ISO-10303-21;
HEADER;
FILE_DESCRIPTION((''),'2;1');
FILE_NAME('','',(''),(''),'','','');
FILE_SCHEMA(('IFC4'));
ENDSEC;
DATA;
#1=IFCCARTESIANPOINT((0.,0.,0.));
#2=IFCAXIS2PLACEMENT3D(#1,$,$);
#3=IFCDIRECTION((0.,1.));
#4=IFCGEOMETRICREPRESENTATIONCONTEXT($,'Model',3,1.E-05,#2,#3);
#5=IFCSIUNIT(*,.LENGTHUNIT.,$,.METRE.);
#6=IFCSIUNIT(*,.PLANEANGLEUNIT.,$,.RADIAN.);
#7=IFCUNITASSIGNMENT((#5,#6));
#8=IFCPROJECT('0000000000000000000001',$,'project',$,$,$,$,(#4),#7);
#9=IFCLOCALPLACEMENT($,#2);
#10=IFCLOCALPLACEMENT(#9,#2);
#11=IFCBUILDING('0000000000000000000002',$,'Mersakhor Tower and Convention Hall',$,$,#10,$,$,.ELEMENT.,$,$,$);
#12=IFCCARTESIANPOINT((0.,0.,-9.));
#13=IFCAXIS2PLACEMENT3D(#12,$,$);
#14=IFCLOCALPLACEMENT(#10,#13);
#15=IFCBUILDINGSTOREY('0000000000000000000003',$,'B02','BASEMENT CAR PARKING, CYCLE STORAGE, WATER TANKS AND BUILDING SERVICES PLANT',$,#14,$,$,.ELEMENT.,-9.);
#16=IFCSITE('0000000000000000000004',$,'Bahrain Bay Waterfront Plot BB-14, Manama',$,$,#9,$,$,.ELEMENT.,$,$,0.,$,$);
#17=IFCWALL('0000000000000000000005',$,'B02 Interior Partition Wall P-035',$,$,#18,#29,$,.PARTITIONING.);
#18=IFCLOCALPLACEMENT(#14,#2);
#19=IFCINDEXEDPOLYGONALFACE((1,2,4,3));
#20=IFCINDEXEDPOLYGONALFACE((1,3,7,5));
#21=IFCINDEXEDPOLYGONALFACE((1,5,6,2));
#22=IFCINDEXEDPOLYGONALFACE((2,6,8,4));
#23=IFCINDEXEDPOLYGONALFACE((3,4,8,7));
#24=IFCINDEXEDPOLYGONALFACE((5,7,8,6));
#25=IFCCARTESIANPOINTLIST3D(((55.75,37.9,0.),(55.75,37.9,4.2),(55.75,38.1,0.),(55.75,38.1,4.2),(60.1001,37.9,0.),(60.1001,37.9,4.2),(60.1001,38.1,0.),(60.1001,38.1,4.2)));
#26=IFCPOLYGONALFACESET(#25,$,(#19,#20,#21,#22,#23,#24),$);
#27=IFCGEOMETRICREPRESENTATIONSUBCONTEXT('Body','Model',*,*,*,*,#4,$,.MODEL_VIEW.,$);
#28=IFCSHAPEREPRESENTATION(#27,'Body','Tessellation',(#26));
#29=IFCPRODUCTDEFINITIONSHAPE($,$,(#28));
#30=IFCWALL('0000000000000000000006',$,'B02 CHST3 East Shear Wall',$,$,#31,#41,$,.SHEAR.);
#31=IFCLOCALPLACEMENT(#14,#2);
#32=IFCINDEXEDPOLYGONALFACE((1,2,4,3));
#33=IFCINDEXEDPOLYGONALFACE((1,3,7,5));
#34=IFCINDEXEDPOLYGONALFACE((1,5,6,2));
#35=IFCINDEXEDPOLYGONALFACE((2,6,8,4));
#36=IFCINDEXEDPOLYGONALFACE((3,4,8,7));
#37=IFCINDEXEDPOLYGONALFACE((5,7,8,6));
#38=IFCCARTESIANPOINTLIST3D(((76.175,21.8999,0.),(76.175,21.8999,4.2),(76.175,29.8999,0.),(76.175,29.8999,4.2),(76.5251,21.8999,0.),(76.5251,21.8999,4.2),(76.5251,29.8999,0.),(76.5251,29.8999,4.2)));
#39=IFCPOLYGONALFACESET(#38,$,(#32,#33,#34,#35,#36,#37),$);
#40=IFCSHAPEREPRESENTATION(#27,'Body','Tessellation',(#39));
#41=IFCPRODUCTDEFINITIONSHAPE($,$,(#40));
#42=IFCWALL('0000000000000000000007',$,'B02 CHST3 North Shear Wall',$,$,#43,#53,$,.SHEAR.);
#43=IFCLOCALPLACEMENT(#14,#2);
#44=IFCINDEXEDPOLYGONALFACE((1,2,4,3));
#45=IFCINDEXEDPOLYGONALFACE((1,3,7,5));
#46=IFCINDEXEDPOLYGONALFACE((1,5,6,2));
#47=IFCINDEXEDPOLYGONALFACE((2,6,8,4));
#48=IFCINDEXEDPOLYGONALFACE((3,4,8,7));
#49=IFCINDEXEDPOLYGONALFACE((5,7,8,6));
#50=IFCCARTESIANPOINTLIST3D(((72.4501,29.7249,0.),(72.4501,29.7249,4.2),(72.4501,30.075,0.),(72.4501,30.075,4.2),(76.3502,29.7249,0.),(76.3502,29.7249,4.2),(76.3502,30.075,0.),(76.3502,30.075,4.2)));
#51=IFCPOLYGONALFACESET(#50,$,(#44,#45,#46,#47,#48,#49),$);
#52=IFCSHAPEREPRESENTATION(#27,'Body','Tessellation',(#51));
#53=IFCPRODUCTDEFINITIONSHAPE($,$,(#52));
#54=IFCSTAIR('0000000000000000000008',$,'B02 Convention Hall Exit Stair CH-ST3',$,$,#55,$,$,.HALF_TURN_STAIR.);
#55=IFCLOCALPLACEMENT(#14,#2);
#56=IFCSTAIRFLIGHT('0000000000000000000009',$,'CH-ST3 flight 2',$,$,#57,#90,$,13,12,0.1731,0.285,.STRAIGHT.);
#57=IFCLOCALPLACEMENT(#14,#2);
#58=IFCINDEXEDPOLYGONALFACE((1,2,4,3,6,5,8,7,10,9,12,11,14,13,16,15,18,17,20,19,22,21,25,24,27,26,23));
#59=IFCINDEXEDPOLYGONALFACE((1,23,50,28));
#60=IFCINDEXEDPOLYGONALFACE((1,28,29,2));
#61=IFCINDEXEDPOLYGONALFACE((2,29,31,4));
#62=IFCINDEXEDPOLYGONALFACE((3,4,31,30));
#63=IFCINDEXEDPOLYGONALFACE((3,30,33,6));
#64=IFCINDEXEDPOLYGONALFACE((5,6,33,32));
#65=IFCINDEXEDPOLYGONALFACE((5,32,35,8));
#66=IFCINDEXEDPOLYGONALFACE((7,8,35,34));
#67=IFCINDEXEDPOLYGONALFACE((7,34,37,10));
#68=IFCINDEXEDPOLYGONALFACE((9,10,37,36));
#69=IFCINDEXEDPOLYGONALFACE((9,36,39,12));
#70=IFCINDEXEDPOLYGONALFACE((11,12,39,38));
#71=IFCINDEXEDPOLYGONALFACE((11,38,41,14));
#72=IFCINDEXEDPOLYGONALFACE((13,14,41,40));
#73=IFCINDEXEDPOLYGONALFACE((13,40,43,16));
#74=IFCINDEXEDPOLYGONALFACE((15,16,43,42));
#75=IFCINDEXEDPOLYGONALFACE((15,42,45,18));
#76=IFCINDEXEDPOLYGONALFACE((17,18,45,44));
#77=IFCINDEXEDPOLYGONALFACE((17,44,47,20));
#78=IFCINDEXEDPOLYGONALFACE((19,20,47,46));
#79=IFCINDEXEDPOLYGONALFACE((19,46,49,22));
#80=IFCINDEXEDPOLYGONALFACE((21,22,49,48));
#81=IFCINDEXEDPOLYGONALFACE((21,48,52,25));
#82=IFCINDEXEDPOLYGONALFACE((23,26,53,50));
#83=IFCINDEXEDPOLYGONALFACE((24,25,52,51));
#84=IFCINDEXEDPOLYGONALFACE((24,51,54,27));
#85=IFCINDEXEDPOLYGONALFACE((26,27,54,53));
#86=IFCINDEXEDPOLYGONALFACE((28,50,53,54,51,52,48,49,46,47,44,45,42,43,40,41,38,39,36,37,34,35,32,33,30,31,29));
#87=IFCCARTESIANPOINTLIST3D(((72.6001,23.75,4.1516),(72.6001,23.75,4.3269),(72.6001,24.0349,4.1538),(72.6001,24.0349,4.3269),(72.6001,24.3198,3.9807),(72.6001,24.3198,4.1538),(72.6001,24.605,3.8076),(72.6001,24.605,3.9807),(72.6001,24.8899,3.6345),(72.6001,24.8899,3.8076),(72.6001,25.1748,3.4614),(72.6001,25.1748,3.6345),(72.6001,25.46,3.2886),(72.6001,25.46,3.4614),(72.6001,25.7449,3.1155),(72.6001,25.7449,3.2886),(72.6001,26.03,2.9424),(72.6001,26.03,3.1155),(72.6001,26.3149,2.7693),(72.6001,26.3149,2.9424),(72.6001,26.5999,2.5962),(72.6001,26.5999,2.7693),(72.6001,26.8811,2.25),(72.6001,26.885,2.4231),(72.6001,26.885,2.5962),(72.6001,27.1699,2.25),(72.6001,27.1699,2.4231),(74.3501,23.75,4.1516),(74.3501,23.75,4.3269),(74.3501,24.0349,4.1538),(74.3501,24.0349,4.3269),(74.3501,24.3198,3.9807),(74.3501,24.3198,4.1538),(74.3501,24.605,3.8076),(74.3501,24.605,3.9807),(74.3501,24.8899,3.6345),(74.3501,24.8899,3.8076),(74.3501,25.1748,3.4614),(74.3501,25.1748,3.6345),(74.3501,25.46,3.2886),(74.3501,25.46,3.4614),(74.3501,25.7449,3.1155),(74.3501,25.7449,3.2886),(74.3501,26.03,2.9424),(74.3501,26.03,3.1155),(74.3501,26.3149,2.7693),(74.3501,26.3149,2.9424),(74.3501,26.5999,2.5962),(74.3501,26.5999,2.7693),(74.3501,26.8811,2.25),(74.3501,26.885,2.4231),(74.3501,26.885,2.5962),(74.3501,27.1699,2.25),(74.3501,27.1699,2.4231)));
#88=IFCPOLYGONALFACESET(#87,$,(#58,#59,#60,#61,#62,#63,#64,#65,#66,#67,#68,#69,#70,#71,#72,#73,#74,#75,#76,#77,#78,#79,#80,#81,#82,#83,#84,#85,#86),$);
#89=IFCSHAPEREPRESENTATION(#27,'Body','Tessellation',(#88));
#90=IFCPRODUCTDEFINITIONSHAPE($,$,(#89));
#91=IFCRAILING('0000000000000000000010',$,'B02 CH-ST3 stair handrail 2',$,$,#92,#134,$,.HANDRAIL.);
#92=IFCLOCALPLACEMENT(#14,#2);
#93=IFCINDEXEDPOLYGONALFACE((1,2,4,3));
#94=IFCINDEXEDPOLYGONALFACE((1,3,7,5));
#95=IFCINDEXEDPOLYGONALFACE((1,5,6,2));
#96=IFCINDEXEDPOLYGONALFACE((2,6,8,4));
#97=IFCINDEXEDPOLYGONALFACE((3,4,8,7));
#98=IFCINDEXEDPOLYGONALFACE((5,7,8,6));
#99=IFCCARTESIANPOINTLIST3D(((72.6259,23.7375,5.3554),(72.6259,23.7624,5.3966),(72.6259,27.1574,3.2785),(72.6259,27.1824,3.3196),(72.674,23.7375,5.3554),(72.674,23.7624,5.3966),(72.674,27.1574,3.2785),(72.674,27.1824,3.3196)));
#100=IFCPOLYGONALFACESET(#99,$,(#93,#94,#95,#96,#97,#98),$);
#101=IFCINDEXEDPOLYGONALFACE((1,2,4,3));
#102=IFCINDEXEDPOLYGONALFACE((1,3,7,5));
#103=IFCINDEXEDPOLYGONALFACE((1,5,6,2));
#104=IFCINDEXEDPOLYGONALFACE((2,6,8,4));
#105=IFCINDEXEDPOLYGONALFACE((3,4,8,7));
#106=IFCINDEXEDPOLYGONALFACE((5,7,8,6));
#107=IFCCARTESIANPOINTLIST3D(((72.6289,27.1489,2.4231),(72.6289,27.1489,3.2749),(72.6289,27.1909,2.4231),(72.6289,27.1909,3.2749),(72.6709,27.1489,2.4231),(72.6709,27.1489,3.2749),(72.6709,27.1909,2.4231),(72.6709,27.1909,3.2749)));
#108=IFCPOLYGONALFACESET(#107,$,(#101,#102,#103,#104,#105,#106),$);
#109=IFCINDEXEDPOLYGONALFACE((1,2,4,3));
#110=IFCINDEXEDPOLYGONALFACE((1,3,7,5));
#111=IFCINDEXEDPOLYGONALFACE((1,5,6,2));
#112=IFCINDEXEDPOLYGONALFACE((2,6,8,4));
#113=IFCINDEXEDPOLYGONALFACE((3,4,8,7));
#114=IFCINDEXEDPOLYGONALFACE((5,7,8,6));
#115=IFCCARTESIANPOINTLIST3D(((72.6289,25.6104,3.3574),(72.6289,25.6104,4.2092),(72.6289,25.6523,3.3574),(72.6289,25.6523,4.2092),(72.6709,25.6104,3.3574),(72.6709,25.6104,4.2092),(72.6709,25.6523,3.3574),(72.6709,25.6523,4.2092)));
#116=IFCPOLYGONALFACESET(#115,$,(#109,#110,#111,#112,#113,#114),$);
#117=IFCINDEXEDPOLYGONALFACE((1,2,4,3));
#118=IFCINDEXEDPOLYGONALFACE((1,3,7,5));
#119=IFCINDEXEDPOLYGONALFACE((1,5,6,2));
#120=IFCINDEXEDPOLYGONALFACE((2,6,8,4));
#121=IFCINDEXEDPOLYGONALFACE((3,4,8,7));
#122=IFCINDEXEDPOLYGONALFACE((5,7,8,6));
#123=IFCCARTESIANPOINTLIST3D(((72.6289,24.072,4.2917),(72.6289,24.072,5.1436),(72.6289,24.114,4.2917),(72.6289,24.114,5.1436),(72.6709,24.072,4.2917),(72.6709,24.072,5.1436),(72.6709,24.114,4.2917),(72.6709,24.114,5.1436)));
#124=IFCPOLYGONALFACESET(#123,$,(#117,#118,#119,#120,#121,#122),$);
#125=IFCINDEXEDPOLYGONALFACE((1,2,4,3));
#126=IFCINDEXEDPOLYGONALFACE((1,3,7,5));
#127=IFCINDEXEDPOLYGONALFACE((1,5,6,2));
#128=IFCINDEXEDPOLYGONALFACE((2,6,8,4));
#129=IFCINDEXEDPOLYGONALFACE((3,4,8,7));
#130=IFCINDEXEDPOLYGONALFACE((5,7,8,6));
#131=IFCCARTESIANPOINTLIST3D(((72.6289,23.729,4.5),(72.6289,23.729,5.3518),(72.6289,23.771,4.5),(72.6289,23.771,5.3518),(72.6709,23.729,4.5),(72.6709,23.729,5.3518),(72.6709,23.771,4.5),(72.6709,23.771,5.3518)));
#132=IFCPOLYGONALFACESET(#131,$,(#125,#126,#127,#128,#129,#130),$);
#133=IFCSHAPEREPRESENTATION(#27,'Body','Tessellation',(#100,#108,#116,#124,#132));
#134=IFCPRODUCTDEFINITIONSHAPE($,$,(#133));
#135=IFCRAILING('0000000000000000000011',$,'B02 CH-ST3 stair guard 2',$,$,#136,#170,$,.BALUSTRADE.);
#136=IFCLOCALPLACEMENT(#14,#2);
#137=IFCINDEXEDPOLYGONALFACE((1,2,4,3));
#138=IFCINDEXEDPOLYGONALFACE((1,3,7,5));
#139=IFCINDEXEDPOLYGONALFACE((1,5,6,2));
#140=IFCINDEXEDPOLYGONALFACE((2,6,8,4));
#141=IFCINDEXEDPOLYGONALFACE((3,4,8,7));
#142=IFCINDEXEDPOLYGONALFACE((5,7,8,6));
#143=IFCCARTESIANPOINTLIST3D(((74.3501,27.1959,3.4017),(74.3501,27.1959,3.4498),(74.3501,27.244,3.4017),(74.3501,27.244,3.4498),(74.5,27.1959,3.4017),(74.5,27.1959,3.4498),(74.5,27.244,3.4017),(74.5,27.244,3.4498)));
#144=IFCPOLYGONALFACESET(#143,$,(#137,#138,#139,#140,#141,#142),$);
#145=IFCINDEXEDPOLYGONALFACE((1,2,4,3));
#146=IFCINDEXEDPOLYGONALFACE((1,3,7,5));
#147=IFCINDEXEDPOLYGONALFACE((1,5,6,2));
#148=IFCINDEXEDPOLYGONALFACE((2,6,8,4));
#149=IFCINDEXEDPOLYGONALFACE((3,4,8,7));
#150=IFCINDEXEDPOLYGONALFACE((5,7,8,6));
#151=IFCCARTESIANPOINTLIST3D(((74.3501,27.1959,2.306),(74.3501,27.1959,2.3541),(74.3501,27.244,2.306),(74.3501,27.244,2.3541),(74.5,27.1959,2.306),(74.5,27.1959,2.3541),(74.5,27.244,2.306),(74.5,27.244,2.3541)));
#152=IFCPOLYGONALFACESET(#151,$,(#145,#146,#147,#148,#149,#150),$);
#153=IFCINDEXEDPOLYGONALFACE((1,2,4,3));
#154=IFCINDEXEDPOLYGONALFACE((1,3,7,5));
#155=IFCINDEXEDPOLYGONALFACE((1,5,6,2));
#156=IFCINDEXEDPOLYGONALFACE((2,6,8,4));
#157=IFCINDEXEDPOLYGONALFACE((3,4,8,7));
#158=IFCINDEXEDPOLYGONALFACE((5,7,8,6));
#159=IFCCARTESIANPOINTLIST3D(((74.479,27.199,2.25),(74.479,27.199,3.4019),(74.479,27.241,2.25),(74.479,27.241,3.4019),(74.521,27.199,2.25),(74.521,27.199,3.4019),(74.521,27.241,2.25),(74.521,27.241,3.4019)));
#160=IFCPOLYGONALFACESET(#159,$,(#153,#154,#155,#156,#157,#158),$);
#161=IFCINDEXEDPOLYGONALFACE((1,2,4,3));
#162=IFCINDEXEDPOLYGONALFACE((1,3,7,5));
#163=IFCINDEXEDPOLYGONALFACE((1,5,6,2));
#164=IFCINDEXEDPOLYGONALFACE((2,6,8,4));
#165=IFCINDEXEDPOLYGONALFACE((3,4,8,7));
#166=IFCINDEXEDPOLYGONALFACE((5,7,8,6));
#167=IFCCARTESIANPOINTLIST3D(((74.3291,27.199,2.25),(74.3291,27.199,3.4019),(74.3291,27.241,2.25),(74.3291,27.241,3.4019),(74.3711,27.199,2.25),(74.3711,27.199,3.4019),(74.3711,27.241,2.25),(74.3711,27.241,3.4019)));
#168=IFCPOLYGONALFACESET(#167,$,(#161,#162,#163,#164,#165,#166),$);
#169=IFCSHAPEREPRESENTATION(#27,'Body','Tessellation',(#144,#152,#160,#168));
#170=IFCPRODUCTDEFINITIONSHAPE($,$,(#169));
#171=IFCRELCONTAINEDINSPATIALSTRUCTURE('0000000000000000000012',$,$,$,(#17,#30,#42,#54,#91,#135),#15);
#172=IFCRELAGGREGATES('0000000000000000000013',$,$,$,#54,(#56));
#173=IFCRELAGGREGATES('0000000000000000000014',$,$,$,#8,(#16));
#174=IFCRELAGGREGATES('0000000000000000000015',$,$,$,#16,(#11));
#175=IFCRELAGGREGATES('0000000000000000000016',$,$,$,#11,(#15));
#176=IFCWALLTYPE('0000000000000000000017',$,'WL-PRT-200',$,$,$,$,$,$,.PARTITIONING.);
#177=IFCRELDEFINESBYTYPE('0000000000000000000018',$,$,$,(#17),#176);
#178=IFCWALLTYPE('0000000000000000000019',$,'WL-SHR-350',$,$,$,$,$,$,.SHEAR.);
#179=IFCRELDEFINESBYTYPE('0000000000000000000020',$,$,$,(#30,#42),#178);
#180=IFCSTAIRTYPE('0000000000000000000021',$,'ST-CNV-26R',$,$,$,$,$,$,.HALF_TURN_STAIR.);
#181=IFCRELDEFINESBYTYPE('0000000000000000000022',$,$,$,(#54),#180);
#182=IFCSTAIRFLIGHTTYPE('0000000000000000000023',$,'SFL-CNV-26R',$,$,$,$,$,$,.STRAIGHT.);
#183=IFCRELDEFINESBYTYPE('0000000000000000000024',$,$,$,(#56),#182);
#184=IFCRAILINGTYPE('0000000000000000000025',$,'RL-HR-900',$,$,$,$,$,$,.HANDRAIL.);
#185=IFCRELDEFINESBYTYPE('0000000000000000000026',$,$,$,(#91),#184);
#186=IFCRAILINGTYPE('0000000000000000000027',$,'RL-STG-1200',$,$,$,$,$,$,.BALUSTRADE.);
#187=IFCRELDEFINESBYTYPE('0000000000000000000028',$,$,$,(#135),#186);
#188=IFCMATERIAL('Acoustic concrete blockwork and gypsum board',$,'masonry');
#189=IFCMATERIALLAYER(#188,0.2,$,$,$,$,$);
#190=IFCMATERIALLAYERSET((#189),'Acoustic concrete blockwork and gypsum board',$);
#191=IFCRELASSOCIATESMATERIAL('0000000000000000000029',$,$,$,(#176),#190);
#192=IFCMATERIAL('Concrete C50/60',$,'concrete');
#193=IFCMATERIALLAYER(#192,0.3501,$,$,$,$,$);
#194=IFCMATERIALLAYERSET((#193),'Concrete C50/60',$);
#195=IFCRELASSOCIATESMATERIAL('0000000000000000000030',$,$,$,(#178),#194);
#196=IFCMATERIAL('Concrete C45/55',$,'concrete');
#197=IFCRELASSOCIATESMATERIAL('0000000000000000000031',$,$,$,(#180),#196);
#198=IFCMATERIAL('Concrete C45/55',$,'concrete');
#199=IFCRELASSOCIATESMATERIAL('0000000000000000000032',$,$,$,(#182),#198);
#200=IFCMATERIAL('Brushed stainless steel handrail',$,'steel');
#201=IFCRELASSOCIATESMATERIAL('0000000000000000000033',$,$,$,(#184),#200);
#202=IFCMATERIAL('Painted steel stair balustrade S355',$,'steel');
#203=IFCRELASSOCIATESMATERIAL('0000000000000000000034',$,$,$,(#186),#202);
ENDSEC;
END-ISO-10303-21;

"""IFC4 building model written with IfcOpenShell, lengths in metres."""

from ifc_helpers import new_model, si_unit, direction, frame, frame_2d, origin, origin_2d, place, context, subcontext, project, spatial, polyline, rectangle, outline, extrude, material, layer, layer_set, type_object, element, aggregate, save


model = new_model("IFC4")

# Units and contexts
model_context = context("Model", 3, precision=1e-05, world=origin(), true_north=direction((0.0, 1.0)))
body_context = subcontext(model_context, "Body", "Model", "MODEL_VIEW")
ifc_project = project(units=[si_unit("LENGTHUNIT", "METRE"), si_unit("PLANEANGLEUNIT", "RADIAN")], contexts=[model_context])

# Site, building, storey
site_placement = place(None, origin())
site = spatial("IfcSite", under=ifc_project, at=site_placement, Name="Bahrain Bay Waterfront Plot BB-14, Manama", CompositionType="ELEMENT", RefElevation=0.0)
building_placement = place(site_placement, origin())
building = spatial("IfcBuilding", under=site, at=building_placement, Name="Mersakhor Tower and Convention Hall", CompositionType="ELEMENT")
storey_placement = place(building_placement, frame((0.0, 0.0, -9.0)))
storey = spatial("IfcBuildingStorey", under=building, at=storey_placement, Name="B02", Description="BASEMENT CAR PARKING, CYCLE STORAGE, WATER TANKS AND BUILDING SERVICES PLANT", CompositionType="ELEMENT", Elevation=-9.0)

# Wall
ifc_material_1 = material(Name="Acoustic concrete blockwork and gypsum board", Category="masonry")
ifc_layer_1 = layer(ifc_material_1, 0.2)
ifc_layer_set_1 = layer_set([ifc_layer_1], Name="Acoustic concrete blockwork and gypsum board")
wall_type_1 = type_object("IfcWallType", Name="WL-PRT-200", PredefinedType="PARTITIONING", material=ifc_layer_set_1)
wall_1_placement = place(storey_placement, frame((60.1001, 38.0, 0.0), z_axis=(0.0, 0.0, 1.0), x_axis=(-1.0, 0.0, 0.0)))
element("IfcWall", 1, at=wall_1_placement, inside=storey, type_object=wall_type_1, Name="B02 Interior Partition Wall P-035", PredefinedType="PARTITIONING", context=body_context, shape_type="SweptSolid", body=[
    extrude(rectangle(XDim=4.3501, YDim=0.2, at=frame_2d((2.175, 0.0))), origin(), (0.0, 0.0, 1.0), 4.2),
])

# Walls
ifc_material_2 = material(Name="Concrete C50/60", Category="concrete")
ifc_layer_2 = layer(ifc_material_2, 0.3501)
ifc_layer_set_2 = layer_set([ifc_layer_2], Name="Concrete C50/60")
wall_type_2 = type_object("IfcWallType", Name="WL-SHR-350", PredefinedType="SHEAR", material=ifc_layer_set_2)
wall_2_placement = place(storey_placement, frame((76.3501, 29.8999, 0.0), z_axis=(0.0, 0.0, 1.0), x_axis=(0.0, -1.0, 0.0)))
element("IfcWall", 2, at=wall_2_placement, inside=storey, type_object=wall_type_2, Name="B02 CHST3 East Shear Wall", PredefinedType="SHEAR", context=body_context, shape_type="SweptSolid", body=[
    extrude(rectangle(XDim=8.0, YDim=0.3501, at=frame_2d((4.0, 0.0))), origin(), (0.0, 0.0, 1.0), 4.2),
])
wall_3_placement = place(storey_placement, frame((72.45, 29.8999, 0.0), z_axis=(0.0, 0.0, 1.0), x_axis=(1.0, 0.0, 0.0)))
element("IfcWall", 3, at=wall_3_placement, inside=storey, type_object=wall_type_2, Name="B02 CHST3 North Shear Wall", PredefinedType="SHEAR", context=body_context, shape_type="SweptSolid", body=[
    extrude(rectangle(XDim=3.9001, YDim=0.3501, at=frame_2d((1.9502, 0.0))), origin(), (0.0, 0.0, 1.0), 4.2),
])

# Stair, stair flight
ifc_material_3 = material(Name="Concrete C45/55", Category="concrete")
stair_type = type_object("IfcStairType", Name="ST-CNV-26R", PredefinedType="HALF_TURN_STAIR", material=ifc_material_3)
stair_placement = place(storey_placement, origin())
stair = element("IfcStair", 4, at=stair_placement, inside=storey, type_object=stair_type, Name="B02 Convention Hall Exit Stair CH-ST3", PredefinedType="HALF_TURN_STAIR")
ifc_material_4 = material(Name="Concrete C45/55", Category="concrete")
stair_flight_type = type_object("IfcStairFlightType", Name="SFL-CNV-26R", PredefinedType="STRAIGHT", material=ifc_material_4)
stair_flight_placement = place(storey_placement, frame((73.4751, 27.1699, 2.25), z_axis=(0.0, 0.0, 1.0), x_axis=(0.0, -1.0, 0.0)))
stair_flight = element("IfcStairFlight", 5, at=stair_flight_placement, type_object=stair_flight_type, Name="CH-ST3 flight 2", NumberOfRisers=13, NumberOfTreads=12, PredefinedType="STRAIGHT", RiserHeight=0.1731, TreadLength=0.285, context=body_context, shape_type="SweptSolid", body=[
    extrude(outline(polyline([(0.0, 0.0), (0.0, 0.1731), (0.2849, 0.1731), (0.2849, 0.3462), (0.5701, 0.3462), (0.5701, 0.5193), (0.855, 0.5193), (0.855, 0.6924), (1.1399, 0.6924), (1.1399, 0.8655), (1.425, 0.8655), (1.425, 1.0386), (1.71, 1.0386), (1.71, 1.2114), (1.9951, 1.2114), (1.9951, 1.3845), (2.28, 1.3845), (2.28, 1.5576), (2.5649, 1.5576), (2.5649, 1.7307), (2.8501, 1.7307), (2.8501, 1.9038), (3.135, 1.9038), (3.135, 2.0769), (3.4199, 2.0769), (3.4199, 2.25), (3.4199, 1.9016), (0.2888, 0.0), (0.0, 0.0)])), frame((0.0, 0.875, 0.0), z_axis=(0.0, -1.0, 0.0), x_axis=(1.0, 0.0, 0.0)), (0.0, 0.0, 1.0), 1.75),
])
aggregate(stair, [stair_flight])

# Railings
ifc_material_5 = material(Name="Brushed stainless steel handrail", Category="steel")
railing_type_1 = type_object("IfcRailingType", Name="RL-HR-900", PredefinedType="HANDRAIL", material=ifc_material_5)
railing_1_placement = place(storey_placement, frame((72.6499, 27.1699, 2.4231)))
element("IfcRailing", 6, at=railing_1_placement, inside=storey, type_object=railing_type_1, Name="B02 CH-ST3 stair handrail 2", PredefinedType="HANDRAIL", context=body_context, shape_type="SweptSolid", body=[
    extrude(rectangle(XDim=0.0481, YDim=0.0481, at=origin_2d()), frame((0.0, 0.0, 0.876), z_axis=(0.0, -0.85473, 0.519074), x_axis=(1.0, 0.0, 0.0)), (0.0, 0.0, 1.0), 4.0012),
    extrude(rectangle(XDim=0.042, YDim=0.042, at=origin_2d()), origin(), (0.0, 0.0, 1.0), 0.8518),
    extrude(rectangle(XDim=0.042, YDim=0.042, at=origin_2d()), frame((0.0, -1.5386, 0.9343)), (0.0, 0.0, 1.0), 0.8518),
    extrude(rectangle(XDim=0.042, YDim=0.042, at=origin_2d()), frame((0.0, -3.0769, 1.8687)), (0.0, 0.0, 1.0), 0.8518),
    extrude(rectangle(XDim=0.042, YDim=0.042, at=origin_2d()), frame((0.0, -3.4199, 2.0769)), (0.0, 0.0, 1.0), 0.8518),
])
ifc_material_6 = material(Name="Painted steel stair balustrade S355", Category="steel")
railing_type_2 = type_object("IfcRailingType", Name="RL-STG-1200", PredefinedType="BALUSTRADE", material=ifc_material_6)
railing_2_placement = place(storey_placement, frame((74.5, 27.22, 2.25)))
element("IfcRailing", 7, at=railing_2_placement, inside=storey, type_object=railing_type_2, Name="B02 CH-ST3 stair guard 2", PredefinedType="BALUSTRADE", context=body_context, shape_type="SweptSolid", body=[
    extrude(rectangle(XDim=0.0481, YDim=0.0481, at=origin_2d()), frame((0.0, 0.0, 1.1758), z_axis=(-1.0, 0.0, 0.0), x_axis=(0.0, -1.0, 0.0)), (0.0, 0.0, 1.0), 0.1499),
    extrude(rectangle(XDim=0.0481, YDim=0.0481, at=origin_2d()), frame((0.0, 0.0, 0.0801), z_axis=(-1.0, 0.0, 0.0), x_axis=(0.0, -1.0, 0.0)), (0.0, 0.0, 1.0), 0.1499),
    extrude(rectangle(XDim=0.042, YDim=0.042, at=origin_2d()), origin(), (0.0, 0.0, 1.0), 1.1519),
    extrude(rectangle(XDim=0.042, YDim=0.042, at=origin_2d()), frame((-0.1499, 0.0, 0.0)), (0.0, 0.0, 1.0), 1.1519),
])

save(model, "model.ifc")
